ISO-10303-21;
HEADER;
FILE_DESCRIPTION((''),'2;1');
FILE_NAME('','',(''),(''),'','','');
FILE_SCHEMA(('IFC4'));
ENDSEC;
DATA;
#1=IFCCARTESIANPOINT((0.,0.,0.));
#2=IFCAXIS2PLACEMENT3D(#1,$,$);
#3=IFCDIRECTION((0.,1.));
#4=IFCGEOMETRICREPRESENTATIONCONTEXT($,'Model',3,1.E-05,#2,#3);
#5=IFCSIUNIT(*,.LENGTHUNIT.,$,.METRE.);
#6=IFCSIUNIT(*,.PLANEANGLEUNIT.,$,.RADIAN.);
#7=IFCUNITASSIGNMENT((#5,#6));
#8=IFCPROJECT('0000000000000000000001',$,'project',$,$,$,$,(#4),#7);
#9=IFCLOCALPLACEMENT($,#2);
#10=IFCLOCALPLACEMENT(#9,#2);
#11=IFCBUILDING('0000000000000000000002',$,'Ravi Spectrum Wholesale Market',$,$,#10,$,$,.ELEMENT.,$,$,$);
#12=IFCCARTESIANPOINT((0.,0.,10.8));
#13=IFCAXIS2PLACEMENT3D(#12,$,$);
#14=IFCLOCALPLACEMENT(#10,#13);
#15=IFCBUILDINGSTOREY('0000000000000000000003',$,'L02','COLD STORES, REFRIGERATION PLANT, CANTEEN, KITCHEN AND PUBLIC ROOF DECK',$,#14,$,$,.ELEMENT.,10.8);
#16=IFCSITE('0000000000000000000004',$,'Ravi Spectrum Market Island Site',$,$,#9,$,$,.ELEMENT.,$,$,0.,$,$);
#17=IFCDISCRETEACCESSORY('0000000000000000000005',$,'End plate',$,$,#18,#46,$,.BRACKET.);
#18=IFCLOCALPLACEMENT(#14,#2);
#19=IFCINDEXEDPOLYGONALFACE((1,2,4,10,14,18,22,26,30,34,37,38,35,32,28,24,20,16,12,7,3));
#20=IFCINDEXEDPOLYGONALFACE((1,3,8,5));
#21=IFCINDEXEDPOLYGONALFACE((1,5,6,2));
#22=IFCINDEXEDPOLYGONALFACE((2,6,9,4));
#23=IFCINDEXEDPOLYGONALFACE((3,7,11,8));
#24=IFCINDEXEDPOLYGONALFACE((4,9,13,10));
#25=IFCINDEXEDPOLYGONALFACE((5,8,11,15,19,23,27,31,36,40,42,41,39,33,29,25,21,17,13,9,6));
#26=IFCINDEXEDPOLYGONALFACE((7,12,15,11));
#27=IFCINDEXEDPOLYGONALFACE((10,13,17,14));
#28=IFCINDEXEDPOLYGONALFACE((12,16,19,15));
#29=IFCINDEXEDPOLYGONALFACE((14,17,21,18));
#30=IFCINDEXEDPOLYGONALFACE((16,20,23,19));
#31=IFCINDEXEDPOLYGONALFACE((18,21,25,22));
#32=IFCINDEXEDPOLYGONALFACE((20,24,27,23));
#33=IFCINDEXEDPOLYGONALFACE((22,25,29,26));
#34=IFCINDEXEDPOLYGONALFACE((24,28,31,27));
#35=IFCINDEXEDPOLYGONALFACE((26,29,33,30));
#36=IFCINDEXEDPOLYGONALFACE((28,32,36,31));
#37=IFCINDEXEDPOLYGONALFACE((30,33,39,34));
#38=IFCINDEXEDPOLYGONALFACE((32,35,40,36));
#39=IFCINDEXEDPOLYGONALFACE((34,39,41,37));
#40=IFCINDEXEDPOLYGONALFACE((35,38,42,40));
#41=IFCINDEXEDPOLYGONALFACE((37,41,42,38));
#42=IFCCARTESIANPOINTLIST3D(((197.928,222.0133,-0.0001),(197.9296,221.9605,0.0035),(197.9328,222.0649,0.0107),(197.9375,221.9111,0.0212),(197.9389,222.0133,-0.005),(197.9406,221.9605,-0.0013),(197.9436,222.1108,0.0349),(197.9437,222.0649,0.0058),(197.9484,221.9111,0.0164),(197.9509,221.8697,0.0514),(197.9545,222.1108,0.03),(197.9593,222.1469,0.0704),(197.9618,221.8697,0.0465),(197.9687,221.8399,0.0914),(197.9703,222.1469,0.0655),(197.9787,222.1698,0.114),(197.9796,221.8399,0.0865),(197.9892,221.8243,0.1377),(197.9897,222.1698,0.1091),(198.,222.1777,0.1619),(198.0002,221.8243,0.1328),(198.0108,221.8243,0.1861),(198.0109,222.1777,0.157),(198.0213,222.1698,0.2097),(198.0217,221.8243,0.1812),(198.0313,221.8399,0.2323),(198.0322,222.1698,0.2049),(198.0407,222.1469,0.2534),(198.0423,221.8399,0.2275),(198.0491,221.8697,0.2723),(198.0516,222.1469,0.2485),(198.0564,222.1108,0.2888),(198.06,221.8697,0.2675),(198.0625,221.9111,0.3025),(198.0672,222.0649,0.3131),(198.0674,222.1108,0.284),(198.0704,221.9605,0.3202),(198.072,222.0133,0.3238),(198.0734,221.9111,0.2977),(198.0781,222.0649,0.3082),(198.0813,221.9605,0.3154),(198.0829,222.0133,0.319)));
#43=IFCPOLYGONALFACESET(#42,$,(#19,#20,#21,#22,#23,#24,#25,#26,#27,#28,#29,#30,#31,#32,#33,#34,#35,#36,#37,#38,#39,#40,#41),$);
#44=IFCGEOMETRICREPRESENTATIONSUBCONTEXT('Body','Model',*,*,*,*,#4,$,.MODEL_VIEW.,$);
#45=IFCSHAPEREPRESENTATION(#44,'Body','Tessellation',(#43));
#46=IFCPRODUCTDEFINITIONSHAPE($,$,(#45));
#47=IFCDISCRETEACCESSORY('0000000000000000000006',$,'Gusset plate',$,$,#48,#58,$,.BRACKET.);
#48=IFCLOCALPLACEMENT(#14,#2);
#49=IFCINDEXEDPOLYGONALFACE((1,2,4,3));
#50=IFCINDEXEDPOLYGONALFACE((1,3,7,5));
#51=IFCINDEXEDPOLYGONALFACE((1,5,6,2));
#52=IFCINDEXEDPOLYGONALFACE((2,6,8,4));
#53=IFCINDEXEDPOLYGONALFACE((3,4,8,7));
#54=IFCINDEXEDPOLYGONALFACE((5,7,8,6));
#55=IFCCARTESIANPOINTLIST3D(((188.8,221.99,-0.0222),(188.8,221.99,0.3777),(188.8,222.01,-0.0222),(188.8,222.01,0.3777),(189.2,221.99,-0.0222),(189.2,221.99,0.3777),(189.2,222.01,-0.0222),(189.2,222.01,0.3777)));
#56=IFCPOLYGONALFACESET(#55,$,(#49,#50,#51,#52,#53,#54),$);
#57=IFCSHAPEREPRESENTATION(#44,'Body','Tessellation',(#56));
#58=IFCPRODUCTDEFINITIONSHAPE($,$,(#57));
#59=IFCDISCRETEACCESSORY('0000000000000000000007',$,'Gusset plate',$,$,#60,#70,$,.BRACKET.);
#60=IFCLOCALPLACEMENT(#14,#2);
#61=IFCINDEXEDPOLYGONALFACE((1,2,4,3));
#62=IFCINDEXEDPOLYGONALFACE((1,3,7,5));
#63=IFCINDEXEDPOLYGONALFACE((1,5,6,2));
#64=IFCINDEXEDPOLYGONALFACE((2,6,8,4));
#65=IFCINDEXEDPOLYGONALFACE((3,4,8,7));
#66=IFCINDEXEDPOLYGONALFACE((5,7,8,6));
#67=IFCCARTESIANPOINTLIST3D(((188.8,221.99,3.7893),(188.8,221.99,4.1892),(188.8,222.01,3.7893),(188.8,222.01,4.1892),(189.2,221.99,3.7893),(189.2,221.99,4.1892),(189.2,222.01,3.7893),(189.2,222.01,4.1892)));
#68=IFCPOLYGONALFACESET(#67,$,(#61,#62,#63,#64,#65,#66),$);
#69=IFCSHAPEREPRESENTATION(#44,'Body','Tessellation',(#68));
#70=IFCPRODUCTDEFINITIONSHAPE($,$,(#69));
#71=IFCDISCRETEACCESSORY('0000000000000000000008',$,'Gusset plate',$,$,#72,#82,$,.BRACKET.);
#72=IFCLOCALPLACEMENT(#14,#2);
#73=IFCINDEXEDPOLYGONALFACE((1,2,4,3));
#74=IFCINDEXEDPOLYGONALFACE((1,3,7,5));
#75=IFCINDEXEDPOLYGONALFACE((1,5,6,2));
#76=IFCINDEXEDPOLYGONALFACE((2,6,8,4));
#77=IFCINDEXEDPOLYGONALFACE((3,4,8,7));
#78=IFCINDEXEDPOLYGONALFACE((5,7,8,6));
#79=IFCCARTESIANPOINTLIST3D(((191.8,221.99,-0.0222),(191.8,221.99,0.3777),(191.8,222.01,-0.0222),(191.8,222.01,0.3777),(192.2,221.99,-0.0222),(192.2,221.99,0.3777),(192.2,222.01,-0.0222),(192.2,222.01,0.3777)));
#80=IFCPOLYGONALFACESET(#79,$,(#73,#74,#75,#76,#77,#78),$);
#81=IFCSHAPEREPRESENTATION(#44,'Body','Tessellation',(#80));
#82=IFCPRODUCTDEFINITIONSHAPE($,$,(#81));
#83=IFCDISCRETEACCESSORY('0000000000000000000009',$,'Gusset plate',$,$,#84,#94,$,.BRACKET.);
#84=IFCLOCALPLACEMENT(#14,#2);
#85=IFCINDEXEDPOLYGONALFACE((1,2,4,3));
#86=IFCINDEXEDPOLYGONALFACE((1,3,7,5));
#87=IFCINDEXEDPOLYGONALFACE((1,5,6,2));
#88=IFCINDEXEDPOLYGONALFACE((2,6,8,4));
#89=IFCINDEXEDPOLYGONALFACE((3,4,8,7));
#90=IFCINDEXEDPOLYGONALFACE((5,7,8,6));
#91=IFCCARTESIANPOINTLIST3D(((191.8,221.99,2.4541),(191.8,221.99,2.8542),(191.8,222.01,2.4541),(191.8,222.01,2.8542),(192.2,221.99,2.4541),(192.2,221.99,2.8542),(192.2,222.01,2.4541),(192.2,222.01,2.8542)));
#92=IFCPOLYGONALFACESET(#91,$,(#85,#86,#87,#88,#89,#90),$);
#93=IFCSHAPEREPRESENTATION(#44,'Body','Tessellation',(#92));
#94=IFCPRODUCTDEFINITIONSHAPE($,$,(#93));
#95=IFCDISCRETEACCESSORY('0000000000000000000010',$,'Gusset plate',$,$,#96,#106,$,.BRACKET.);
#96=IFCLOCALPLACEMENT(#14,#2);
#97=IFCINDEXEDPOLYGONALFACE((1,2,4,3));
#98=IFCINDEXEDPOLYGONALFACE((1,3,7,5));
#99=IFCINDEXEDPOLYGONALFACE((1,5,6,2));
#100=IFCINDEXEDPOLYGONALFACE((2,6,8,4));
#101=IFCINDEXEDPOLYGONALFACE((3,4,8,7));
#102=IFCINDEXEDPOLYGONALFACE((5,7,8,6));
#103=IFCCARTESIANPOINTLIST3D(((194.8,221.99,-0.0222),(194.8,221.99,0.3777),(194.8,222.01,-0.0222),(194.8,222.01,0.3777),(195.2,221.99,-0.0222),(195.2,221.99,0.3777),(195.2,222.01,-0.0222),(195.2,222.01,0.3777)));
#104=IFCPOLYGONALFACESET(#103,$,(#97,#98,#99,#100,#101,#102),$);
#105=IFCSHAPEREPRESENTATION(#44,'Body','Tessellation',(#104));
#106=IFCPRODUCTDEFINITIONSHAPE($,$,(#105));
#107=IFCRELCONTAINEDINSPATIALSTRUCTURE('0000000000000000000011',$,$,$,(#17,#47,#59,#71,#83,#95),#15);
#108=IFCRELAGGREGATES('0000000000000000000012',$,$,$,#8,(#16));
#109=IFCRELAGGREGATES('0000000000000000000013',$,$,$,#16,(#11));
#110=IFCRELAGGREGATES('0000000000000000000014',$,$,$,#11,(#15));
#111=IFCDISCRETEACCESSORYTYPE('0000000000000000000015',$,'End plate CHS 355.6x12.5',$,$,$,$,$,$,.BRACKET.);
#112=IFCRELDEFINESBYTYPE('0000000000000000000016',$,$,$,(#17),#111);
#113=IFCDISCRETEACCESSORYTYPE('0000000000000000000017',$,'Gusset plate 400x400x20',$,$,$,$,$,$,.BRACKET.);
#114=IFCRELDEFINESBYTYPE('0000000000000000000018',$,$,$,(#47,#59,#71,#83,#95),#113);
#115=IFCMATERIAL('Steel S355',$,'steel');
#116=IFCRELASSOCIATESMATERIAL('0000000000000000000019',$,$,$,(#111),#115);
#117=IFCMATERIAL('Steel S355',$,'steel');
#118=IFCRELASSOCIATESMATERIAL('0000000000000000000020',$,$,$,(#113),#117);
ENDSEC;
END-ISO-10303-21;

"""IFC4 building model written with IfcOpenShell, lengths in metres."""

from ifc_helpers import new_model, si_unit, direction, frame, origin, origin_2d, place, context, subcontext, project, spatial, rectangle, circle, extrude, material, material_profile, profile_set, type_object, element, save


model = new_model("IFC4")

# Units and contexts
model_context = context("Model", 3, precision=1e-05, world=origin(), true_north=direction((0.0, 1.0)))
body_context = subcontext(model_context, "Body", "Model", "MODEL_VIEW")
ifc_project = project(units=[si_unit("LENGTHUNIT", "METRE"), si_unit("PLANEANGLEUNIT", "RADIAN")], contexts=[model_context])

# Site, building, storey
site_placement = place(None, origin())
site = spatial("IfcSite", under=ifc_project, at=site_placement, Name="Ravi Spectrum Market Island Site", CompositionType="ELEMENT", RefElevation=0.0)
building_placement = place(site_placement, origin())
building = spatial("IfcBuilding", under=site, at=building_placement, Name="Ravi Spectrum Wholesale Market", CompositionType="ELEMENT")
storey_placement = place(building_placement, frame((0.0, 0.0, 10.8)))
storey = spatial("IfcBuildingStorey", under=building, at=storey_placement, Name="L02", Description="COLD STORES, REFRIGERATION PLANT, CANTEEN, KITCHEN AND PUBLIC ROOF DECK", CompositionType="ELEMENT", Elevation=10.8)

# Discrete accessories
ifc_material_1 = material(Name="Steel S355", Category="steel")
ifc_material_profile_1 = material_profile(ifc_material_1, circle(Radius=0.1777, at=origin_2d()))
ifc_profile_set_1 = profile_set([ifc_material_profile_1], Name="Steel S355")
discrete_accessory_type_1 = type_object("IfcDiscreteAccessoryType", Name="End plate CHS 355.6x12.5", PredefinedType="BRACKET", material=ifc_profile_set_1)
discrete_accessory_1_placement = place(storey_placement, frame((198.0, 222.0, 0.1619), z_axis=(0.913812, 0.0, -0.406138), x_axis=(0.0, 1.0, 0.0)))
element("IfcDiscreteAccessory", 1, at=discrete_accessory_1_placement, inside=storey, type_object=discrete_accessory_type_1, Name="End plate", PredefinedType="BRACKET", context=body_context, shape_type="SweptSolid", body=[
    extrude(circle(Radius=0.1777, at=origin_2d()), origin(), (0.0, 0.0, 1.0), 0.012),
])
ifc_material_2 = material(Name="Steel S355", Category="steel")
ifc_material_profile_2 = material_profile(ifc_material_2, rectangle(XDim=0.3999, YDim=0.02, at=origin_2d()))
ifc_profile_set_2 = profile_set([ifc_material_profile_2], Name="Steel S355")
discrete_accessory_type_2 = type_object("IfcDiscreteAccessoryType", Name="Gusset plate 400x400x20", PredefinedType="BRACKET", material=ifc_profile_set_2)
for number, where, z_axis, x_axis, name in (
    (2, (189.0, 222.0, -0.0222), (0.0, 0.0, 1.0), (-1.0, 0.0, 0.0), "Gusset plate"),
    (3, (189.0, 222.0, 3.7893), (0.0, 0.0, 1.0), (-1.0, 0.0, 0.0), "Gusset plate"),
    (4, (192.0, 222.0, -0.0222), (0.0, 0.0, 1.0), (-1.0, 0.0, 0.0), "Gusset plate"),
):
    element("IfcDiscreteAccessory", number, at=place(storey_placement, frame(where, z_axis=z_axis, x_axis=x_axis)), inside=storey, type_object=discrete_accessory_type_2, Name=name, PredefinedType="BRACKET", context=body_context, shape_type="SweptSolid", body=[
        extrude(rectangle(XDim=0.3999, YDim=0.02, at=origin_2d()), origin(), (0.0, 0.0, 1.0), 0.3999),
    ])
discrete_accessory_2_placement = place(storey_placement, frame((192.0, 222.0, 2.4541), z_axis=(0.0, 0.0, 1.0), x_axis=(-1.0, 0.0, 0.0)))
element("IfcDiscreteAccessory", 5, at=discrete_accessory_2_placement, inside=storey, type_object=discrete_accessory_type_2, Name="Gusset plate", PredefinedType="BRACKET", context=body_context, shape_type="SweptSolid", body=[
    extrude(rectangle(XDim=0.3999, YDim=0.02, at=origin_2d()), origin(), (0.0, 0.0, 1.0), 0.4001),
])
discrete_accessory_3_placement = place(storey_placement, frame((195.0, 222.0, -0.0222), z_axis=(0.0, 0.0, 1.0), x_axis=(-1.0, 0.0, 0.0)))
element("IfcDiscreteAccessory", 6, at=discrete_accessory_3_placement, inside=storey, type_object=discrete_accessory_type_2, Name="Gusset plate", PredefinedType="BRACKET", context=body_context, shape_type="SweptSolid", body=[
    extrude(rectangle(XDim=0.3999, YDim=0.02, at=origin_2d()), origin(), (0.0, 0.0, 1.0), 0.3999),
])

save(model, "model.ifc")
